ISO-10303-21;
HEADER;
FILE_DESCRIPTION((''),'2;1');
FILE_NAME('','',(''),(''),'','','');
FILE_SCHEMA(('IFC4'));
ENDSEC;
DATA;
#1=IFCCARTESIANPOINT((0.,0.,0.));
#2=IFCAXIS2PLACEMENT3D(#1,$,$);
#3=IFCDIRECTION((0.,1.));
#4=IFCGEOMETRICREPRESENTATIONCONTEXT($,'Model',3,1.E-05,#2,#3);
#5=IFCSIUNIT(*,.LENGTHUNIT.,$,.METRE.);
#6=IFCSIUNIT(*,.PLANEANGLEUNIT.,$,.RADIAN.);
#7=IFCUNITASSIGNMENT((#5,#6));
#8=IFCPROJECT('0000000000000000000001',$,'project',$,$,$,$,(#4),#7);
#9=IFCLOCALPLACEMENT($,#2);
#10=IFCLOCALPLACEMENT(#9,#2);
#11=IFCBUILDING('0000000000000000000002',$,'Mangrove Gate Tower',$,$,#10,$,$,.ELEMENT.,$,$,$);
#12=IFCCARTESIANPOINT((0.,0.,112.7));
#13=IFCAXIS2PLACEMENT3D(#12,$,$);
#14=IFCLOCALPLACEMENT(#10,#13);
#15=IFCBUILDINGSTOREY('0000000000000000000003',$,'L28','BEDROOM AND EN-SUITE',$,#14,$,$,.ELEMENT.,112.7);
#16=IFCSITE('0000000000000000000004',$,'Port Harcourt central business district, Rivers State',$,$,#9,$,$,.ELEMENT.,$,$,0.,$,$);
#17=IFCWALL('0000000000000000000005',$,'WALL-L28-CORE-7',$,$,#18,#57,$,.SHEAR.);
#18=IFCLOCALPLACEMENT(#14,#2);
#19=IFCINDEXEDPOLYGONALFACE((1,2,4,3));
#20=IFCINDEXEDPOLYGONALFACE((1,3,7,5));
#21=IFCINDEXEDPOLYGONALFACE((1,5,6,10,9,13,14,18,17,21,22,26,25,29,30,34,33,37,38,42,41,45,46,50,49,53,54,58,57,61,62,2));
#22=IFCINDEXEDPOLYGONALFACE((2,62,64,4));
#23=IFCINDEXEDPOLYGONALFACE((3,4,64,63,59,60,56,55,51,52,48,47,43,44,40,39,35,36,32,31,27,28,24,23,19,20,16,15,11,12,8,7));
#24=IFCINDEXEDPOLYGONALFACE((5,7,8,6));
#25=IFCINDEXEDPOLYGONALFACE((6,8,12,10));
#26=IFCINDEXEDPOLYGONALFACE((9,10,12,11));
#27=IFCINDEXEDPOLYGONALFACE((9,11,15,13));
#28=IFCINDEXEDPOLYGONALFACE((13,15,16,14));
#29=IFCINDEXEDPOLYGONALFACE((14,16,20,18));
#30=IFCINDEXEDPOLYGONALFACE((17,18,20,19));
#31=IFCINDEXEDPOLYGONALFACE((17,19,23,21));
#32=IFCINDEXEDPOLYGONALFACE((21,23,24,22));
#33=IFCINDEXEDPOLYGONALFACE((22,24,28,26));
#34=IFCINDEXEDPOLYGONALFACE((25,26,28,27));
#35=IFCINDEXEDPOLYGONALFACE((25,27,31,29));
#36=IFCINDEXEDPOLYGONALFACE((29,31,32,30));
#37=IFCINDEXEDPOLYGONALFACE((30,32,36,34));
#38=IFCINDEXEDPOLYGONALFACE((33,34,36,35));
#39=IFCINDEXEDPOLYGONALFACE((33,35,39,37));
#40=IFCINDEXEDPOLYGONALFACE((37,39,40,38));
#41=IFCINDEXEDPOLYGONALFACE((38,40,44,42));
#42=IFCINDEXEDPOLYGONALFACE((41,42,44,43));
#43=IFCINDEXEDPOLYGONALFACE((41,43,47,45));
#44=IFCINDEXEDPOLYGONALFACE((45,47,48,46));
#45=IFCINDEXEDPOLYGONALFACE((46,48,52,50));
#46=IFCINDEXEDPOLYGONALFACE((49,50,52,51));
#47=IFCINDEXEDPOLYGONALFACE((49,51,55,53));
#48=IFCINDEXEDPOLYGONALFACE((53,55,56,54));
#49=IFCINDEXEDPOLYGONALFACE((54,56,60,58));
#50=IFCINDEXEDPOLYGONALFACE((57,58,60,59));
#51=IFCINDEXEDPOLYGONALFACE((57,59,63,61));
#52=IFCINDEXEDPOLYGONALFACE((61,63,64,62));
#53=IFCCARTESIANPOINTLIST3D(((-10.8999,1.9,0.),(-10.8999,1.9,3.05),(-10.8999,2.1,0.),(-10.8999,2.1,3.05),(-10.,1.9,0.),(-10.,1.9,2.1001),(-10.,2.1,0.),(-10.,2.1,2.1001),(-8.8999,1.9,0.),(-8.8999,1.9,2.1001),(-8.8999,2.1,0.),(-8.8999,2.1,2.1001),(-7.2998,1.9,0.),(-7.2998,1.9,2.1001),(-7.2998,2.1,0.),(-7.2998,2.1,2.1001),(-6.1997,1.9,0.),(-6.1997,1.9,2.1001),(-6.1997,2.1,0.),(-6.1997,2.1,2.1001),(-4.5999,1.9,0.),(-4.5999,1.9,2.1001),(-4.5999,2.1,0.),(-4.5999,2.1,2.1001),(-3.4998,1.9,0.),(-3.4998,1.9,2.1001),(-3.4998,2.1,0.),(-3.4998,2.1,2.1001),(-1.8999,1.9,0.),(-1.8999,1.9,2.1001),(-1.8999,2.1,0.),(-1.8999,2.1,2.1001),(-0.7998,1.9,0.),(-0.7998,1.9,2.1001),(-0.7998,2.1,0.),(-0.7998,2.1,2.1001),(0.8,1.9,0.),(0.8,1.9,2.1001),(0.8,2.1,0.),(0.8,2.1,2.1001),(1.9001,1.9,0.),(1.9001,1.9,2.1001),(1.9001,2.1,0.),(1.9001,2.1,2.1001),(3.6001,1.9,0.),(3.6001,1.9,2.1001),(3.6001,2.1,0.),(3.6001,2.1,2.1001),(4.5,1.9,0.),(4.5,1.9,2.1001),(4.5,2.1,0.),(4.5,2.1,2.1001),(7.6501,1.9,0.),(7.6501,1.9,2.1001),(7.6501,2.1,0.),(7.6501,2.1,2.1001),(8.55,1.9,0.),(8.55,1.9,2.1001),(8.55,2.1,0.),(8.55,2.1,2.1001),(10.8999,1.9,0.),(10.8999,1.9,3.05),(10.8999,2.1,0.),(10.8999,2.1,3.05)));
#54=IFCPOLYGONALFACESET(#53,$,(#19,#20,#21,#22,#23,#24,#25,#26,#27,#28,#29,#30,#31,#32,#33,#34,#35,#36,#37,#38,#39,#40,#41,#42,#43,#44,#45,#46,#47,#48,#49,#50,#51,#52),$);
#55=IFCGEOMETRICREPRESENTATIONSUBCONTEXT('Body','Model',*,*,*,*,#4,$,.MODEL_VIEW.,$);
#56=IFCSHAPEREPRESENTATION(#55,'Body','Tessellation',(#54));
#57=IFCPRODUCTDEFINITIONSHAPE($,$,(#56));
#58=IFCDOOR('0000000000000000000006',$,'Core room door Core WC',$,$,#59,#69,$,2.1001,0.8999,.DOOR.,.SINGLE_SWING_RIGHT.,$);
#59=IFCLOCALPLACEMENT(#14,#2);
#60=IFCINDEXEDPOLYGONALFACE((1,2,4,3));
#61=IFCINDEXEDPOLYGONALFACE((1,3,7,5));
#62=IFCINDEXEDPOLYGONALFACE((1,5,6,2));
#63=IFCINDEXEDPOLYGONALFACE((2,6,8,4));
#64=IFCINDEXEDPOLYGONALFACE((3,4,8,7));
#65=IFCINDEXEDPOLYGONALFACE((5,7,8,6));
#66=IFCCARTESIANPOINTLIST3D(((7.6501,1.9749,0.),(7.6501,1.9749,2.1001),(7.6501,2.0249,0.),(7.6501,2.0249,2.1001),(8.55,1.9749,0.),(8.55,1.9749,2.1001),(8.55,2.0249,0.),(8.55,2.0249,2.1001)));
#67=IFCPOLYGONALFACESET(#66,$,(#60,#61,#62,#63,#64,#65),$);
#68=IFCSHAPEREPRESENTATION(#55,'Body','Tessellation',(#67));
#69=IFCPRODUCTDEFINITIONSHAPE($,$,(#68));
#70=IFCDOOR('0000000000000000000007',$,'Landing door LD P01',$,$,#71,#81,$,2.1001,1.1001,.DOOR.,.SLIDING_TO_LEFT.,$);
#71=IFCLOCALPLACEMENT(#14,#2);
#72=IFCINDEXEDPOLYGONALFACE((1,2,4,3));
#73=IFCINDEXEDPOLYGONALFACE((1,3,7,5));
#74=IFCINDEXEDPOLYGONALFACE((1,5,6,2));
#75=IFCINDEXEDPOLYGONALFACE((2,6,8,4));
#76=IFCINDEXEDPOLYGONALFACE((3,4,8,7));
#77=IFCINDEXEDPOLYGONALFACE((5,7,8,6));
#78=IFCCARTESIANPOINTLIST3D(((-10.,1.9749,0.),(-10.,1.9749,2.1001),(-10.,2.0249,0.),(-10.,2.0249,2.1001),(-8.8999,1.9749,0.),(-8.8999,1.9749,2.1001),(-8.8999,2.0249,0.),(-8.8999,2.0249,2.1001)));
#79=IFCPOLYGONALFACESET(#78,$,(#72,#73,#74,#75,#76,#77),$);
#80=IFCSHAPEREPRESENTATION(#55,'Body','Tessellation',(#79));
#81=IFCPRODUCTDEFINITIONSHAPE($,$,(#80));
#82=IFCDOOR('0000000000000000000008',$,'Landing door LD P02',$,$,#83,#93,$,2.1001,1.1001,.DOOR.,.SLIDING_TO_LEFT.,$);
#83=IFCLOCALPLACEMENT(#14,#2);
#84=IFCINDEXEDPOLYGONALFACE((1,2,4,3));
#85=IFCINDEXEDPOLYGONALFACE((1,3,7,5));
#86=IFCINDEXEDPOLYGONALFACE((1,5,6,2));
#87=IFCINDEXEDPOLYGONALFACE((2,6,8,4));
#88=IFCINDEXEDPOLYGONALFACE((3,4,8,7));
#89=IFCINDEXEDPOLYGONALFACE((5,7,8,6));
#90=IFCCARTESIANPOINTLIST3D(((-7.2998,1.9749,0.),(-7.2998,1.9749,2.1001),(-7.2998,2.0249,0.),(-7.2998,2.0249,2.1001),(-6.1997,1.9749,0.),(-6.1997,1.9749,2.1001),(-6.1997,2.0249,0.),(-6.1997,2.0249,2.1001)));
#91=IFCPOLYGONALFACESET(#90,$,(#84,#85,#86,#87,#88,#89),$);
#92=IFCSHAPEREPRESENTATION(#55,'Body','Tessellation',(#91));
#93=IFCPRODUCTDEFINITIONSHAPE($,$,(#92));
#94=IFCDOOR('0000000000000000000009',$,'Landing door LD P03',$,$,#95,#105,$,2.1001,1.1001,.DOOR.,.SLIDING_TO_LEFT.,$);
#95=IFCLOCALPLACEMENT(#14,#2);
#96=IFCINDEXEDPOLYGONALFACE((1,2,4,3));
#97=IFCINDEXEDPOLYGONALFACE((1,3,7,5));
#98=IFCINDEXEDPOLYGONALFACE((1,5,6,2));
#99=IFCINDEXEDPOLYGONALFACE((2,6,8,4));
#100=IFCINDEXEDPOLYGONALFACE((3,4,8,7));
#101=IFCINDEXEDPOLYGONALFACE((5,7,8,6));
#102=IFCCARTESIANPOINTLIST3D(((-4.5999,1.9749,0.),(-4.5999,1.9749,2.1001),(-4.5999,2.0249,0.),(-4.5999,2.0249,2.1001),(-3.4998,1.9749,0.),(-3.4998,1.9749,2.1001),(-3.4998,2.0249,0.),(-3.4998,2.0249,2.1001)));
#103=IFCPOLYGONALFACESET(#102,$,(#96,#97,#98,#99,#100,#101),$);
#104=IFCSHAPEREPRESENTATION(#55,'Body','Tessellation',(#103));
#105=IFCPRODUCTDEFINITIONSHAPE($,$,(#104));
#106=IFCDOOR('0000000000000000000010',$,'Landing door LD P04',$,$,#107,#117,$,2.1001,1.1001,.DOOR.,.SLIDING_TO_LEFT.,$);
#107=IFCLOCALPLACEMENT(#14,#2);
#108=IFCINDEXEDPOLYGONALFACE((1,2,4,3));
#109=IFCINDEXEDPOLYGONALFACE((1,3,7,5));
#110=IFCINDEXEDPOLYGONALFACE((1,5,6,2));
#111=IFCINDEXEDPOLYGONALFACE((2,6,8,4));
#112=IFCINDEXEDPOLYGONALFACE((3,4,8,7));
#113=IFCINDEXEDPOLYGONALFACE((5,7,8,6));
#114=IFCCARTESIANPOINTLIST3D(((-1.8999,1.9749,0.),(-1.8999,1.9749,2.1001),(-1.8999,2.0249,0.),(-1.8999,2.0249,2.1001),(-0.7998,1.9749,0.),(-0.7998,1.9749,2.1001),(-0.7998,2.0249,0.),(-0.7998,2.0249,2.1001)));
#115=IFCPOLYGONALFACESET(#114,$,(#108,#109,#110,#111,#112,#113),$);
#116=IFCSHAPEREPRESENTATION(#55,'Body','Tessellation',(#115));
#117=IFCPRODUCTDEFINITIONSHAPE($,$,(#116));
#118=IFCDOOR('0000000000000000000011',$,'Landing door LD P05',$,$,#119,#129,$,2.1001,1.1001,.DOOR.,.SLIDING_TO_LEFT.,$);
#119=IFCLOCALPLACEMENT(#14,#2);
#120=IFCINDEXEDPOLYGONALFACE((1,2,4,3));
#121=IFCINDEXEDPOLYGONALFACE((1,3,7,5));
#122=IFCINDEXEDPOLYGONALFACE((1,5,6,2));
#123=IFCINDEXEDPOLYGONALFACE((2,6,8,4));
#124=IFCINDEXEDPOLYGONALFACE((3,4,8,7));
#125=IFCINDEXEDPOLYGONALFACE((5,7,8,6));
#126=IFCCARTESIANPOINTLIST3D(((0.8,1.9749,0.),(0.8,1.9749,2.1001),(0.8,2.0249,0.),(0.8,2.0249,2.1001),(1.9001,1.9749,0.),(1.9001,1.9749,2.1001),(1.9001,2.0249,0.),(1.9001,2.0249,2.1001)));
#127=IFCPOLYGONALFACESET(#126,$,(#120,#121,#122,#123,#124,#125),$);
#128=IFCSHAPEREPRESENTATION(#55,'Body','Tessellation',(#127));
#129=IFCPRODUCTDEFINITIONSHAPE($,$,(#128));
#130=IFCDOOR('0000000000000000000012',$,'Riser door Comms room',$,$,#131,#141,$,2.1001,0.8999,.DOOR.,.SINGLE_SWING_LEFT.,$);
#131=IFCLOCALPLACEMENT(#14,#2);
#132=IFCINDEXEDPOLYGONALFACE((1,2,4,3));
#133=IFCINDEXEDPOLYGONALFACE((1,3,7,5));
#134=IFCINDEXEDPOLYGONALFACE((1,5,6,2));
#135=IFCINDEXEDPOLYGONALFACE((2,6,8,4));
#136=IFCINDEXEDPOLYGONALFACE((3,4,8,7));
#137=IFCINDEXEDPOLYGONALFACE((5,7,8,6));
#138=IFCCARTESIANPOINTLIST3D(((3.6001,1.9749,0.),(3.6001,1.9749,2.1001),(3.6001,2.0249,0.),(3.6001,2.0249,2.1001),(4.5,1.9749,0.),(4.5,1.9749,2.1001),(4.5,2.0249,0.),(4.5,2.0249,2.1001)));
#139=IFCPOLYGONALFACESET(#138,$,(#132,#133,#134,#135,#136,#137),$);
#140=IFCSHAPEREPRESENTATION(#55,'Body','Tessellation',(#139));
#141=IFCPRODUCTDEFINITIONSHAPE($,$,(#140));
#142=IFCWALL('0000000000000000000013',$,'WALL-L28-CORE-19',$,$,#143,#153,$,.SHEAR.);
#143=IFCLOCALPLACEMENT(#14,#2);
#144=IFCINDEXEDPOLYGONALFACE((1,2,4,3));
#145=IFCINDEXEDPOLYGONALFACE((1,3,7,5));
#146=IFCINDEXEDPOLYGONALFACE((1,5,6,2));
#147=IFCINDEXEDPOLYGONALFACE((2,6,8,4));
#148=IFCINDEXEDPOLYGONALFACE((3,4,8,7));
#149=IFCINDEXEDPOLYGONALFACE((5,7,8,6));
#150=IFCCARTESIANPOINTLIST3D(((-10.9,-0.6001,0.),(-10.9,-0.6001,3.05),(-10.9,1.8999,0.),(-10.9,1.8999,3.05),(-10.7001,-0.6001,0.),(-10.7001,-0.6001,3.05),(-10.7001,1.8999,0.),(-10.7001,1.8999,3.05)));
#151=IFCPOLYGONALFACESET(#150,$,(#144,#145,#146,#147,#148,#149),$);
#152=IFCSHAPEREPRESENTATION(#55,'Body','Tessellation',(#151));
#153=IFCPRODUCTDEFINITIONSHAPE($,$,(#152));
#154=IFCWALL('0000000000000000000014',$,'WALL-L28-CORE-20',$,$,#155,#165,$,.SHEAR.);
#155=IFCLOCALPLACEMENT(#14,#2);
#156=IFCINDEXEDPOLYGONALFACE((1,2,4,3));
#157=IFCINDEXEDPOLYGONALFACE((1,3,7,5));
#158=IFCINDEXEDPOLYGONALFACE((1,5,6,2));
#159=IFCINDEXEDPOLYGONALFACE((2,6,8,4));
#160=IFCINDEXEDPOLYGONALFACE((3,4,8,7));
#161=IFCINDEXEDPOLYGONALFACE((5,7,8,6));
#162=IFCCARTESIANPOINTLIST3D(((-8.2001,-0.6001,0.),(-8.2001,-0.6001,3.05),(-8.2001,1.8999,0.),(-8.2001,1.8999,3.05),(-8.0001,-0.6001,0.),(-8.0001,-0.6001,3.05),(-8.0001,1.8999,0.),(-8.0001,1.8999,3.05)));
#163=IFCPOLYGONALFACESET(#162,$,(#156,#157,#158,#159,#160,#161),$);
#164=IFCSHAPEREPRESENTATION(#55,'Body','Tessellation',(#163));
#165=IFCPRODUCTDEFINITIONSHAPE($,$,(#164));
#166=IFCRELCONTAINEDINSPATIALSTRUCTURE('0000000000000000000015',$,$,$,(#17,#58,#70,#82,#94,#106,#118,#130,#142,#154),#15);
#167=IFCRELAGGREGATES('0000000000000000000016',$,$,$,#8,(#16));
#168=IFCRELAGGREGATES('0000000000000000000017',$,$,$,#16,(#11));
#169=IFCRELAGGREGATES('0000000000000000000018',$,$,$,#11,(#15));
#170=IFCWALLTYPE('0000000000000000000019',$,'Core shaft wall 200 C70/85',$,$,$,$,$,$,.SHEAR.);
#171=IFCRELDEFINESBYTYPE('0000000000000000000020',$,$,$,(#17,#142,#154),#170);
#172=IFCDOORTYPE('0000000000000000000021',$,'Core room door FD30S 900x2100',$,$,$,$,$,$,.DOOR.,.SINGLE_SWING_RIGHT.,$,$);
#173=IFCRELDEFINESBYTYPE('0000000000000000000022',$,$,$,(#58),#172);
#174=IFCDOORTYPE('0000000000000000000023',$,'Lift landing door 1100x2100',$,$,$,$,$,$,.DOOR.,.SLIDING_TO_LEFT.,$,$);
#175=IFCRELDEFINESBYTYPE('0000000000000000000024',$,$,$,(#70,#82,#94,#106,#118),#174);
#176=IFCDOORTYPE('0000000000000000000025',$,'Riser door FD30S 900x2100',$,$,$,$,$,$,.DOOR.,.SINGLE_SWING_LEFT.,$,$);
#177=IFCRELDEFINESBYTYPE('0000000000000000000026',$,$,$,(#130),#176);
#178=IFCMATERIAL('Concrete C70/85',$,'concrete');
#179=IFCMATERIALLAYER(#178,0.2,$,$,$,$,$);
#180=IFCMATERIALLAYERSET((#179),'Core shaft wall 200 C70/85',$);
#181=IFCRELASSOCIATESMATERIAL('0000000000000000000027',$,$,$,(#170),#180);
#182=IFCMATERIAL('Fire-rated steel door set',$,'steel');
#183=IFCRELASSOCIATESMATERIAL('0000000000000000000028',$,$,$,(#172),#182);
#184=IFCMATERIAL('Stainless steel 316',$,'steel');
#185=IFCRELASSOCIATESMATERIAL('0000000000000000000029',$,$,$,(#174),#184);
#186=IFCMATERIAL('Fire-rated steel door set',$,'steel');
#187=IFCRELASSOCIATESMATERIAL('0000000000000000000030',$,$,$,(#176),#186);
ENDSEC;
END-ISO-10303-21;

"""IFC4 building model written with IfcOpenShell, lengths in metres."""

from ifc_helpers import new_model, si_unit, direction, frame, frame_2d, origin, place, context, subcontext, project, spatial, rectangle, extrude, material, layer, layer_set, type_object, element, fill, save


model = new_model("IFC4")

# Units and contexts
model_context = context("Model", 3, precision=1e-05, world=origin(), true_north=direction((0.0, 1.0)))
body_context = subcontext(model_context, "Body", "Model", "MODEL_VIEW")
ifc_project = project(units=[si_unit("LENGTHUNIT", "METRE"), si_unit("PLANEANGLEUNIT", "RADIAN")], contexts=[model_context])

# Site, building, storey
site_placement = place(None, origin())
site = spatial("IfcSite", under=ifc_project, at=site_placement, Name="Port Harcourt central business district, Rivers State", CompositionType="ELEMENT", RefElevation=0.0)
building_placement = place(site_placement, origin())
building = spatial("IfcBuilding", under=site, at=building_placement, Name="Mangrove Gate Tower", CompositionType="ELEMENT")
storey_placement = place(building_placement, frame((0.0, 0.0, 112.7)))
storey = spatial("IfcBuildingStorey", under=building, at=storey_placement, Name="L28", Description="BEDROOM AND EN-SUITE", CompositionType="ELEMENT", Elevation=112.7)

# Shared definitions
ifc_material_1 = material(Name="Concrete C70/85", Category="concrete")
ifc_layer_1 = layer(ifc_material_1, 0.2)
ifc_layer_set_1 = layer_set([ifc_layer_1], Name="Core shaft wall 200 C70/85")
wall_type_1 = type_object("IfcWallType", Name="Core shaft wall 200 C70/85", PredefinedType="SHEAR", material=ifc_layer_set_1)

# Wall, openings, doors
wall_1_placement = place(storey_placement, frame((-10.8999, 2.0, 0.0), z_axis=(0.0, 0.0, 1.0), x_axis=(1.0, 0.0, 0.0)))
wall_1 = element("IfcWall", 1, at=wall_1_placement, inside=storey, type_object=wall_type_1, Name="WALL-L28-CORE-7", PredefinedType="SHEAR", context=body_context, shape_type="SweptSolid", body=[
    extrude(rectangle(XDim=21.7998, YDim=0.2, at=frame_2d((10.8999, 0.0))), origin(), (0.0, 0.0, 1.0), 3.05),
])
opening_1_placement = place(wall_1_placement, frame((0.8999, 0.0, 0.0)))
opening_1 = element("IfcOpeningElement", 2, at=opening_1_placement, cuts=wall_1, PredefinedType="OPENING", context=body_context, shape_type="SweptSolid", body=[
    extrude(rectangle(XDim=1.1001, YDim=2.1001, at=frame_2d((0.55, 1.05))), frame((0.0, 0.1099, 0.0), z_axis=(0.0, -1.0, 0.0), x_axis=(1.0, 0.0, 0.0)), (0.0, 0.0, 1.0), 0.22),
])
opening_2_placement = place(wall_1_placement, frame((3.6001, 0.0, 0.0)))
opening_2 = element("IfcOpeningElement", 3, at=opening_2_placement, cuts=wall_1, PredefinedType="OPENING", context=body_context, shape_type="SweptSolid", body=[
    extrude(rectangle(XDim=1.1001, YDim=2.1001, at=frame_2d((0.55, 1.05))), frame((0.0, 0.1099, 0.0), z_axis=(0.0, -1.0, 0.0), x_axis=(1.0, 0.0, 0.0)), (0.0, 0.0, 1.0), 0.22),
])
opening_3_placement = place(wall_1_placement, frame((6.3, 0.0, 0.0)))
opening_3 = element("IfcOpeningElement", 4, at=opening_3_placement, cuts=wall_1, PredefinedType="OPENING", context=body_context, shape_type="SweptSolid", body=[
    extrude(rectangle(XDim=1.1001, YDim=2.1001, at=frame_2d((0.55, 1.05))), frame((0.0, 0.1099, 0.0), z_axis=(0.0, -1.0, 0.0), x_axis=(1.0, 0.0, 0.0)), (0.0, 0.0, 1.0), 0.22),
])
opening_4_placement = place(wall_1_placement, frame((9.0, 0.0, 0.0)))
opening_4 = element("IfcOpeningElement", 5, at=opening_4_placement, cuts=wall_1, PredefinedType="OPENING", context=body_context, shape_type="SweptSolid", body=[
    extrude(rectangle(XDim=1.1001, YDim=2.1001, at=frame_2d((0.55, 1.05))), frame((0.0, 0.1099, 0.0), z_axis=(0.0, -1.0, 0.0), x_axis=(1.0, 0.0, 0.0)), (0.0, 0.0, 1.0), 0.22),
])
opening_5_placement = place(wall_1_placement, frame((11.7, 0.0, 0.0)))
opening_5 = element("IfcOpeningElement", 6, at=opening_5_placement, cuts=wall_1, PredefinedType="OPENING", context=body_context, shape_type="SweptSolid", body=[
    extrude(rectangle(XDim=1.1001, YDim=2.1001, at=frame_2d((0.55, 1.05))), frame((0.0, 0.1099, 0.0), z_axis=(0.0, -1.0, 0.0), x_axis=(1.0, 0.0, 0.0)), (0.0, 0.0, 1.0), 0.22),
])
opening_6_placement = place(wall_1_placement, frame((14.5, 0.0, 0.0)))
opening_6 = element("IfcOpeningElement", 7, at=opening_6_placement, cuts=wall_1, PredefinedType="OPENING", context=body_context, shape_type="SweptSolid", body=[
    extrude(rectangle(XDim=0.8999, YDim=2.1001, at=frame_2d((0.45, 1.05))), frame((0.0, 0.1099, 0.0), z_axis=(0.0, -1.0, 0.0), x_axis=(1.0, 0.0, 0.0)), (0.0, 0.0, 1.0), 0.22),
])
opening_7_placement = place(wall_1_placement, frame((18.55, 0.0, 0.0)))
opening_7 = element("IfcOpeningElement", 8, at=opening_7_placement, cuts=wall_1, PredefinedType="OPENING", context=body_context, shape_type="SweptSolid", body=[
    extrude(rectangle(XDim=0.8999, YDim=2.1001, at=frame_2d((0.45, 1.05))), frame((0.0, 0.1099, 0.0), z_axis=(0.0, -1.0, 0.0), x_axis=(1.0, 0.0, 0.0)), (0.0, 0.0, 1.0), 0.22),
])
ifc_material_2 = material(Name="Fire-rated steel door set", Category="steel")
door_type_1 = type_object("IfcDoorType", Name="Core room door FD30S 900x2100", OperationType="SINGLE_SWING_RIGHT", PredefinedType="DOOR", material=ifc_material_2)
door_1_placement = place(opening_7_placement, origin())
door_1 = element("IfcDoor", 9, at=door_1_placement, inside=storey, type_object=door_type_1, Name="Core room door Core WC", OperationType="SINGLE_SWING_RIGHT", OverallHeight=2.1001, OverallWidth=0.8999, PredefinedType="DOOR", context=body_context, shape_type="SweptSolid", body=[
    extrude(rectangle(XDim=0.8999, YDim=2.1001, at=frame_2d((0.45, 1.05))), frame((0.0, 0.0249, 0.0), z_axis=(0.0, -1.0, 0.0), x_axis=(1.0, 0.0, 0.0)), (0.0, 0.0, 1.0), 0.05),
])
fill(opening_7, door_1)
ifc_material_3 = material(Name="Stainless steel 316", Category="steel")
door_type_2 = type_object("IfcDoorType", Name="Lift landing door 1100x2100", OperationType="SLIDING_TO_LEFT", PredefinedType="DOOR", material=ifc_material_3)
door_2_placement = place(opening_1_placement, origin())
door_2 = element("IfcDoor", 10, at=door_2_placement, inside=storey, type_object=door_type_2, Name="Landing door LD P01", OperationType="SLIDING_TO_LEFT", OverallHeight=2.1001, OverallWidth=1.1001, PredefinedType="DOOR", context=body_context, shape_type="SweptSolid", body=[
    extrude(rectangle(XDim=1.1001, YDim=2.1001, at=frame_2d((0.55, 1.05))), frame((0.0, 0.0249, 0.0), z_axis=(0.0, -1.0, 0.0), x_axis=(1.0, 0.0, 0.0)), (0.0, 0.0, 1.0), 0.05),
])
fill(opening_1, door_2)
door_3_placement = place(opening_2_placement, origin())
door_3 = element("IfcDoor", 11, at=door_3_placement, inside=storey, type_object=door_type_2, Name="Landing door LD P02", OperationType="SLIDING_TO_LEFT", OverallHeight=2.1001, OverallWidth=1.1001, PredefinedType="DOOR", context=body_context, shape_type="SweptSolid", body=[
    extrude(rectangle(XDim=1.1001, YDim=2.1001, at=frame_2d((0.55, 1.05))), frame((0.0, 0.0249, 0.0), z_axis=(0.0, -1.0, 0.0), x_axis=(1.0, 0.0, 0.0)), (0.0, 0.0, 1.0), 0.05),
])
fill(opening_2, door_3)
door_4_placement = place(opening_3_placement, origin())
door_4 = element("IfcDoor", 12, at=door_4_placement, inside=storey, type_object=door_type_2, Name="Landing door LD P03", OperationType="SLIDING_TO_LEFT", OverallHeight=2.1001, OverallWidth=1.1001, PredefinedType="DOOR", context=body_context, shape_type="SweptSolid", body=[
    extrude(rectangle(XDim=1.1001, YDim=2.1001, at=frame_2d((0.55, 1.05))), frame((0.0, 0.0249, 0.0), z_axis=(0.0, -1.0, 0.0), x_axis=(1.0, 0.0, 0.0)), (0.0, 0.0, 1.0), 0.05),
])
fill(opening_3, door_4)
door_5_placement = place(opening_4_placement, origin())
door_5 = element("IfcDoor", 13, at=door_5_placement, inside=storey, type_object=door_type_2, Name="Landing door LD P04", OperationType="SLIDING_TO_LEFT", OverallHeight=2.1001, OverallWidth=1.1001, PredefinedType="DOOR", context=body_context, shape_type="SweptSolid", body=[
    extrude(rectangle(XDim=1.1001, YDim=2.1001, at=frame_2d((0.55, 1.05))), frame((0.0, 0.0249, 0.0), z_axis=(0.0, -1.0, 0.0), x_axis=(1.0, 0.0, 0.0)), (0.0, 0.0, 1.0), 0.05),
])
fill(opening_4, door_5)
door_6_placement = place(opening_5_placement, origin())
door_6 = element("IfcDoor", 14, at=door_6_placement, inside=storey, type_object=door_type_2, Name="Landing door LD P05", OperationType="SLIDING_TO_LEFT", OverallHeight=2.1001, OverallWidth=1.1001, PredefinedType="DOOR", context=body_context, shape_type="SweptSolid", body=[
    extrude(rectangle(XDim=1.1001, YDim=2.1001, at=frame_2d((0.55, 1.05))), frame((0.0, 0.0249, 0.0), z_axis=(0.0, -1.0, 0.0), x_axis=(1.0, 0.0, 0.0)), (0.0, 0.0, 1.0), 0.05),
])
fill(opening_5, door_6)
ifc_material_4 = material(Name="Fire-rated steel door set", Category="steel")
door_type_3 = type_object("IfcDoorType", Name="Riser door FD30S 900x2100", OperationType="SINGLE_SWING_LEFT", PredefinedType="DOOR", material=ifc_material_4)
door_7_placement = place(opening_6_placement, origin())
door_7 = element("IfcDoor", 15, at=door_7_placement, inside=storey, type_object=door_type_3, Name="Riser door Comms room", OperationType="SINGLE_SWING_LEFT", OverallHeight=2.1001, OverallWidth=0.8999, PredefinedType="DOOR", context=body_context, shape_type="SweptSolid", body=[
    extrude(rectangle(XDim=0.8999, YDim=2.1001, at=frame_2d((0.45, 1.05))), frame((0.0, 0.0249, 0.0), z_axis=(0.0, -1.0, 0.0), x_axis=(1.0, 0.0, 0.0)), (0.0, 0.0, 1.0), 0.05),
])
fill(opening_6, door_7)

# Walls
for number, where, z_axis, x_axis, name in (
    (16, (-10.8, -0.6001, 0.0), (0.0, 0.0, 1.0), (0.0, 1.0, 0.0), "WALL-L28-CORE-19"),
    (17, (-8.1001, -0.6001, 0.0), (0.0, 0.0, 1.0), (0.0, 1.0, 0.0), "WALL-L28-CORE-20"),
):
    element("IfcWall", number, at=place(storey_placement, frame(where, z_axis=z_axis, x_axis=x_axis)), inside=storey, type_object=wall_type_1, Name=name, PredefinedType="SHEAR", context=body_context, shape_type="SweptSolid", body=[
        extrude(rectangle(XDim=2.5, YDim=0.2, at=frame_2d((1.25, 0.0))), origin(), (0.0, 0.0, 1.0), 3.05),
    ])

save(model, "model.ifc")
